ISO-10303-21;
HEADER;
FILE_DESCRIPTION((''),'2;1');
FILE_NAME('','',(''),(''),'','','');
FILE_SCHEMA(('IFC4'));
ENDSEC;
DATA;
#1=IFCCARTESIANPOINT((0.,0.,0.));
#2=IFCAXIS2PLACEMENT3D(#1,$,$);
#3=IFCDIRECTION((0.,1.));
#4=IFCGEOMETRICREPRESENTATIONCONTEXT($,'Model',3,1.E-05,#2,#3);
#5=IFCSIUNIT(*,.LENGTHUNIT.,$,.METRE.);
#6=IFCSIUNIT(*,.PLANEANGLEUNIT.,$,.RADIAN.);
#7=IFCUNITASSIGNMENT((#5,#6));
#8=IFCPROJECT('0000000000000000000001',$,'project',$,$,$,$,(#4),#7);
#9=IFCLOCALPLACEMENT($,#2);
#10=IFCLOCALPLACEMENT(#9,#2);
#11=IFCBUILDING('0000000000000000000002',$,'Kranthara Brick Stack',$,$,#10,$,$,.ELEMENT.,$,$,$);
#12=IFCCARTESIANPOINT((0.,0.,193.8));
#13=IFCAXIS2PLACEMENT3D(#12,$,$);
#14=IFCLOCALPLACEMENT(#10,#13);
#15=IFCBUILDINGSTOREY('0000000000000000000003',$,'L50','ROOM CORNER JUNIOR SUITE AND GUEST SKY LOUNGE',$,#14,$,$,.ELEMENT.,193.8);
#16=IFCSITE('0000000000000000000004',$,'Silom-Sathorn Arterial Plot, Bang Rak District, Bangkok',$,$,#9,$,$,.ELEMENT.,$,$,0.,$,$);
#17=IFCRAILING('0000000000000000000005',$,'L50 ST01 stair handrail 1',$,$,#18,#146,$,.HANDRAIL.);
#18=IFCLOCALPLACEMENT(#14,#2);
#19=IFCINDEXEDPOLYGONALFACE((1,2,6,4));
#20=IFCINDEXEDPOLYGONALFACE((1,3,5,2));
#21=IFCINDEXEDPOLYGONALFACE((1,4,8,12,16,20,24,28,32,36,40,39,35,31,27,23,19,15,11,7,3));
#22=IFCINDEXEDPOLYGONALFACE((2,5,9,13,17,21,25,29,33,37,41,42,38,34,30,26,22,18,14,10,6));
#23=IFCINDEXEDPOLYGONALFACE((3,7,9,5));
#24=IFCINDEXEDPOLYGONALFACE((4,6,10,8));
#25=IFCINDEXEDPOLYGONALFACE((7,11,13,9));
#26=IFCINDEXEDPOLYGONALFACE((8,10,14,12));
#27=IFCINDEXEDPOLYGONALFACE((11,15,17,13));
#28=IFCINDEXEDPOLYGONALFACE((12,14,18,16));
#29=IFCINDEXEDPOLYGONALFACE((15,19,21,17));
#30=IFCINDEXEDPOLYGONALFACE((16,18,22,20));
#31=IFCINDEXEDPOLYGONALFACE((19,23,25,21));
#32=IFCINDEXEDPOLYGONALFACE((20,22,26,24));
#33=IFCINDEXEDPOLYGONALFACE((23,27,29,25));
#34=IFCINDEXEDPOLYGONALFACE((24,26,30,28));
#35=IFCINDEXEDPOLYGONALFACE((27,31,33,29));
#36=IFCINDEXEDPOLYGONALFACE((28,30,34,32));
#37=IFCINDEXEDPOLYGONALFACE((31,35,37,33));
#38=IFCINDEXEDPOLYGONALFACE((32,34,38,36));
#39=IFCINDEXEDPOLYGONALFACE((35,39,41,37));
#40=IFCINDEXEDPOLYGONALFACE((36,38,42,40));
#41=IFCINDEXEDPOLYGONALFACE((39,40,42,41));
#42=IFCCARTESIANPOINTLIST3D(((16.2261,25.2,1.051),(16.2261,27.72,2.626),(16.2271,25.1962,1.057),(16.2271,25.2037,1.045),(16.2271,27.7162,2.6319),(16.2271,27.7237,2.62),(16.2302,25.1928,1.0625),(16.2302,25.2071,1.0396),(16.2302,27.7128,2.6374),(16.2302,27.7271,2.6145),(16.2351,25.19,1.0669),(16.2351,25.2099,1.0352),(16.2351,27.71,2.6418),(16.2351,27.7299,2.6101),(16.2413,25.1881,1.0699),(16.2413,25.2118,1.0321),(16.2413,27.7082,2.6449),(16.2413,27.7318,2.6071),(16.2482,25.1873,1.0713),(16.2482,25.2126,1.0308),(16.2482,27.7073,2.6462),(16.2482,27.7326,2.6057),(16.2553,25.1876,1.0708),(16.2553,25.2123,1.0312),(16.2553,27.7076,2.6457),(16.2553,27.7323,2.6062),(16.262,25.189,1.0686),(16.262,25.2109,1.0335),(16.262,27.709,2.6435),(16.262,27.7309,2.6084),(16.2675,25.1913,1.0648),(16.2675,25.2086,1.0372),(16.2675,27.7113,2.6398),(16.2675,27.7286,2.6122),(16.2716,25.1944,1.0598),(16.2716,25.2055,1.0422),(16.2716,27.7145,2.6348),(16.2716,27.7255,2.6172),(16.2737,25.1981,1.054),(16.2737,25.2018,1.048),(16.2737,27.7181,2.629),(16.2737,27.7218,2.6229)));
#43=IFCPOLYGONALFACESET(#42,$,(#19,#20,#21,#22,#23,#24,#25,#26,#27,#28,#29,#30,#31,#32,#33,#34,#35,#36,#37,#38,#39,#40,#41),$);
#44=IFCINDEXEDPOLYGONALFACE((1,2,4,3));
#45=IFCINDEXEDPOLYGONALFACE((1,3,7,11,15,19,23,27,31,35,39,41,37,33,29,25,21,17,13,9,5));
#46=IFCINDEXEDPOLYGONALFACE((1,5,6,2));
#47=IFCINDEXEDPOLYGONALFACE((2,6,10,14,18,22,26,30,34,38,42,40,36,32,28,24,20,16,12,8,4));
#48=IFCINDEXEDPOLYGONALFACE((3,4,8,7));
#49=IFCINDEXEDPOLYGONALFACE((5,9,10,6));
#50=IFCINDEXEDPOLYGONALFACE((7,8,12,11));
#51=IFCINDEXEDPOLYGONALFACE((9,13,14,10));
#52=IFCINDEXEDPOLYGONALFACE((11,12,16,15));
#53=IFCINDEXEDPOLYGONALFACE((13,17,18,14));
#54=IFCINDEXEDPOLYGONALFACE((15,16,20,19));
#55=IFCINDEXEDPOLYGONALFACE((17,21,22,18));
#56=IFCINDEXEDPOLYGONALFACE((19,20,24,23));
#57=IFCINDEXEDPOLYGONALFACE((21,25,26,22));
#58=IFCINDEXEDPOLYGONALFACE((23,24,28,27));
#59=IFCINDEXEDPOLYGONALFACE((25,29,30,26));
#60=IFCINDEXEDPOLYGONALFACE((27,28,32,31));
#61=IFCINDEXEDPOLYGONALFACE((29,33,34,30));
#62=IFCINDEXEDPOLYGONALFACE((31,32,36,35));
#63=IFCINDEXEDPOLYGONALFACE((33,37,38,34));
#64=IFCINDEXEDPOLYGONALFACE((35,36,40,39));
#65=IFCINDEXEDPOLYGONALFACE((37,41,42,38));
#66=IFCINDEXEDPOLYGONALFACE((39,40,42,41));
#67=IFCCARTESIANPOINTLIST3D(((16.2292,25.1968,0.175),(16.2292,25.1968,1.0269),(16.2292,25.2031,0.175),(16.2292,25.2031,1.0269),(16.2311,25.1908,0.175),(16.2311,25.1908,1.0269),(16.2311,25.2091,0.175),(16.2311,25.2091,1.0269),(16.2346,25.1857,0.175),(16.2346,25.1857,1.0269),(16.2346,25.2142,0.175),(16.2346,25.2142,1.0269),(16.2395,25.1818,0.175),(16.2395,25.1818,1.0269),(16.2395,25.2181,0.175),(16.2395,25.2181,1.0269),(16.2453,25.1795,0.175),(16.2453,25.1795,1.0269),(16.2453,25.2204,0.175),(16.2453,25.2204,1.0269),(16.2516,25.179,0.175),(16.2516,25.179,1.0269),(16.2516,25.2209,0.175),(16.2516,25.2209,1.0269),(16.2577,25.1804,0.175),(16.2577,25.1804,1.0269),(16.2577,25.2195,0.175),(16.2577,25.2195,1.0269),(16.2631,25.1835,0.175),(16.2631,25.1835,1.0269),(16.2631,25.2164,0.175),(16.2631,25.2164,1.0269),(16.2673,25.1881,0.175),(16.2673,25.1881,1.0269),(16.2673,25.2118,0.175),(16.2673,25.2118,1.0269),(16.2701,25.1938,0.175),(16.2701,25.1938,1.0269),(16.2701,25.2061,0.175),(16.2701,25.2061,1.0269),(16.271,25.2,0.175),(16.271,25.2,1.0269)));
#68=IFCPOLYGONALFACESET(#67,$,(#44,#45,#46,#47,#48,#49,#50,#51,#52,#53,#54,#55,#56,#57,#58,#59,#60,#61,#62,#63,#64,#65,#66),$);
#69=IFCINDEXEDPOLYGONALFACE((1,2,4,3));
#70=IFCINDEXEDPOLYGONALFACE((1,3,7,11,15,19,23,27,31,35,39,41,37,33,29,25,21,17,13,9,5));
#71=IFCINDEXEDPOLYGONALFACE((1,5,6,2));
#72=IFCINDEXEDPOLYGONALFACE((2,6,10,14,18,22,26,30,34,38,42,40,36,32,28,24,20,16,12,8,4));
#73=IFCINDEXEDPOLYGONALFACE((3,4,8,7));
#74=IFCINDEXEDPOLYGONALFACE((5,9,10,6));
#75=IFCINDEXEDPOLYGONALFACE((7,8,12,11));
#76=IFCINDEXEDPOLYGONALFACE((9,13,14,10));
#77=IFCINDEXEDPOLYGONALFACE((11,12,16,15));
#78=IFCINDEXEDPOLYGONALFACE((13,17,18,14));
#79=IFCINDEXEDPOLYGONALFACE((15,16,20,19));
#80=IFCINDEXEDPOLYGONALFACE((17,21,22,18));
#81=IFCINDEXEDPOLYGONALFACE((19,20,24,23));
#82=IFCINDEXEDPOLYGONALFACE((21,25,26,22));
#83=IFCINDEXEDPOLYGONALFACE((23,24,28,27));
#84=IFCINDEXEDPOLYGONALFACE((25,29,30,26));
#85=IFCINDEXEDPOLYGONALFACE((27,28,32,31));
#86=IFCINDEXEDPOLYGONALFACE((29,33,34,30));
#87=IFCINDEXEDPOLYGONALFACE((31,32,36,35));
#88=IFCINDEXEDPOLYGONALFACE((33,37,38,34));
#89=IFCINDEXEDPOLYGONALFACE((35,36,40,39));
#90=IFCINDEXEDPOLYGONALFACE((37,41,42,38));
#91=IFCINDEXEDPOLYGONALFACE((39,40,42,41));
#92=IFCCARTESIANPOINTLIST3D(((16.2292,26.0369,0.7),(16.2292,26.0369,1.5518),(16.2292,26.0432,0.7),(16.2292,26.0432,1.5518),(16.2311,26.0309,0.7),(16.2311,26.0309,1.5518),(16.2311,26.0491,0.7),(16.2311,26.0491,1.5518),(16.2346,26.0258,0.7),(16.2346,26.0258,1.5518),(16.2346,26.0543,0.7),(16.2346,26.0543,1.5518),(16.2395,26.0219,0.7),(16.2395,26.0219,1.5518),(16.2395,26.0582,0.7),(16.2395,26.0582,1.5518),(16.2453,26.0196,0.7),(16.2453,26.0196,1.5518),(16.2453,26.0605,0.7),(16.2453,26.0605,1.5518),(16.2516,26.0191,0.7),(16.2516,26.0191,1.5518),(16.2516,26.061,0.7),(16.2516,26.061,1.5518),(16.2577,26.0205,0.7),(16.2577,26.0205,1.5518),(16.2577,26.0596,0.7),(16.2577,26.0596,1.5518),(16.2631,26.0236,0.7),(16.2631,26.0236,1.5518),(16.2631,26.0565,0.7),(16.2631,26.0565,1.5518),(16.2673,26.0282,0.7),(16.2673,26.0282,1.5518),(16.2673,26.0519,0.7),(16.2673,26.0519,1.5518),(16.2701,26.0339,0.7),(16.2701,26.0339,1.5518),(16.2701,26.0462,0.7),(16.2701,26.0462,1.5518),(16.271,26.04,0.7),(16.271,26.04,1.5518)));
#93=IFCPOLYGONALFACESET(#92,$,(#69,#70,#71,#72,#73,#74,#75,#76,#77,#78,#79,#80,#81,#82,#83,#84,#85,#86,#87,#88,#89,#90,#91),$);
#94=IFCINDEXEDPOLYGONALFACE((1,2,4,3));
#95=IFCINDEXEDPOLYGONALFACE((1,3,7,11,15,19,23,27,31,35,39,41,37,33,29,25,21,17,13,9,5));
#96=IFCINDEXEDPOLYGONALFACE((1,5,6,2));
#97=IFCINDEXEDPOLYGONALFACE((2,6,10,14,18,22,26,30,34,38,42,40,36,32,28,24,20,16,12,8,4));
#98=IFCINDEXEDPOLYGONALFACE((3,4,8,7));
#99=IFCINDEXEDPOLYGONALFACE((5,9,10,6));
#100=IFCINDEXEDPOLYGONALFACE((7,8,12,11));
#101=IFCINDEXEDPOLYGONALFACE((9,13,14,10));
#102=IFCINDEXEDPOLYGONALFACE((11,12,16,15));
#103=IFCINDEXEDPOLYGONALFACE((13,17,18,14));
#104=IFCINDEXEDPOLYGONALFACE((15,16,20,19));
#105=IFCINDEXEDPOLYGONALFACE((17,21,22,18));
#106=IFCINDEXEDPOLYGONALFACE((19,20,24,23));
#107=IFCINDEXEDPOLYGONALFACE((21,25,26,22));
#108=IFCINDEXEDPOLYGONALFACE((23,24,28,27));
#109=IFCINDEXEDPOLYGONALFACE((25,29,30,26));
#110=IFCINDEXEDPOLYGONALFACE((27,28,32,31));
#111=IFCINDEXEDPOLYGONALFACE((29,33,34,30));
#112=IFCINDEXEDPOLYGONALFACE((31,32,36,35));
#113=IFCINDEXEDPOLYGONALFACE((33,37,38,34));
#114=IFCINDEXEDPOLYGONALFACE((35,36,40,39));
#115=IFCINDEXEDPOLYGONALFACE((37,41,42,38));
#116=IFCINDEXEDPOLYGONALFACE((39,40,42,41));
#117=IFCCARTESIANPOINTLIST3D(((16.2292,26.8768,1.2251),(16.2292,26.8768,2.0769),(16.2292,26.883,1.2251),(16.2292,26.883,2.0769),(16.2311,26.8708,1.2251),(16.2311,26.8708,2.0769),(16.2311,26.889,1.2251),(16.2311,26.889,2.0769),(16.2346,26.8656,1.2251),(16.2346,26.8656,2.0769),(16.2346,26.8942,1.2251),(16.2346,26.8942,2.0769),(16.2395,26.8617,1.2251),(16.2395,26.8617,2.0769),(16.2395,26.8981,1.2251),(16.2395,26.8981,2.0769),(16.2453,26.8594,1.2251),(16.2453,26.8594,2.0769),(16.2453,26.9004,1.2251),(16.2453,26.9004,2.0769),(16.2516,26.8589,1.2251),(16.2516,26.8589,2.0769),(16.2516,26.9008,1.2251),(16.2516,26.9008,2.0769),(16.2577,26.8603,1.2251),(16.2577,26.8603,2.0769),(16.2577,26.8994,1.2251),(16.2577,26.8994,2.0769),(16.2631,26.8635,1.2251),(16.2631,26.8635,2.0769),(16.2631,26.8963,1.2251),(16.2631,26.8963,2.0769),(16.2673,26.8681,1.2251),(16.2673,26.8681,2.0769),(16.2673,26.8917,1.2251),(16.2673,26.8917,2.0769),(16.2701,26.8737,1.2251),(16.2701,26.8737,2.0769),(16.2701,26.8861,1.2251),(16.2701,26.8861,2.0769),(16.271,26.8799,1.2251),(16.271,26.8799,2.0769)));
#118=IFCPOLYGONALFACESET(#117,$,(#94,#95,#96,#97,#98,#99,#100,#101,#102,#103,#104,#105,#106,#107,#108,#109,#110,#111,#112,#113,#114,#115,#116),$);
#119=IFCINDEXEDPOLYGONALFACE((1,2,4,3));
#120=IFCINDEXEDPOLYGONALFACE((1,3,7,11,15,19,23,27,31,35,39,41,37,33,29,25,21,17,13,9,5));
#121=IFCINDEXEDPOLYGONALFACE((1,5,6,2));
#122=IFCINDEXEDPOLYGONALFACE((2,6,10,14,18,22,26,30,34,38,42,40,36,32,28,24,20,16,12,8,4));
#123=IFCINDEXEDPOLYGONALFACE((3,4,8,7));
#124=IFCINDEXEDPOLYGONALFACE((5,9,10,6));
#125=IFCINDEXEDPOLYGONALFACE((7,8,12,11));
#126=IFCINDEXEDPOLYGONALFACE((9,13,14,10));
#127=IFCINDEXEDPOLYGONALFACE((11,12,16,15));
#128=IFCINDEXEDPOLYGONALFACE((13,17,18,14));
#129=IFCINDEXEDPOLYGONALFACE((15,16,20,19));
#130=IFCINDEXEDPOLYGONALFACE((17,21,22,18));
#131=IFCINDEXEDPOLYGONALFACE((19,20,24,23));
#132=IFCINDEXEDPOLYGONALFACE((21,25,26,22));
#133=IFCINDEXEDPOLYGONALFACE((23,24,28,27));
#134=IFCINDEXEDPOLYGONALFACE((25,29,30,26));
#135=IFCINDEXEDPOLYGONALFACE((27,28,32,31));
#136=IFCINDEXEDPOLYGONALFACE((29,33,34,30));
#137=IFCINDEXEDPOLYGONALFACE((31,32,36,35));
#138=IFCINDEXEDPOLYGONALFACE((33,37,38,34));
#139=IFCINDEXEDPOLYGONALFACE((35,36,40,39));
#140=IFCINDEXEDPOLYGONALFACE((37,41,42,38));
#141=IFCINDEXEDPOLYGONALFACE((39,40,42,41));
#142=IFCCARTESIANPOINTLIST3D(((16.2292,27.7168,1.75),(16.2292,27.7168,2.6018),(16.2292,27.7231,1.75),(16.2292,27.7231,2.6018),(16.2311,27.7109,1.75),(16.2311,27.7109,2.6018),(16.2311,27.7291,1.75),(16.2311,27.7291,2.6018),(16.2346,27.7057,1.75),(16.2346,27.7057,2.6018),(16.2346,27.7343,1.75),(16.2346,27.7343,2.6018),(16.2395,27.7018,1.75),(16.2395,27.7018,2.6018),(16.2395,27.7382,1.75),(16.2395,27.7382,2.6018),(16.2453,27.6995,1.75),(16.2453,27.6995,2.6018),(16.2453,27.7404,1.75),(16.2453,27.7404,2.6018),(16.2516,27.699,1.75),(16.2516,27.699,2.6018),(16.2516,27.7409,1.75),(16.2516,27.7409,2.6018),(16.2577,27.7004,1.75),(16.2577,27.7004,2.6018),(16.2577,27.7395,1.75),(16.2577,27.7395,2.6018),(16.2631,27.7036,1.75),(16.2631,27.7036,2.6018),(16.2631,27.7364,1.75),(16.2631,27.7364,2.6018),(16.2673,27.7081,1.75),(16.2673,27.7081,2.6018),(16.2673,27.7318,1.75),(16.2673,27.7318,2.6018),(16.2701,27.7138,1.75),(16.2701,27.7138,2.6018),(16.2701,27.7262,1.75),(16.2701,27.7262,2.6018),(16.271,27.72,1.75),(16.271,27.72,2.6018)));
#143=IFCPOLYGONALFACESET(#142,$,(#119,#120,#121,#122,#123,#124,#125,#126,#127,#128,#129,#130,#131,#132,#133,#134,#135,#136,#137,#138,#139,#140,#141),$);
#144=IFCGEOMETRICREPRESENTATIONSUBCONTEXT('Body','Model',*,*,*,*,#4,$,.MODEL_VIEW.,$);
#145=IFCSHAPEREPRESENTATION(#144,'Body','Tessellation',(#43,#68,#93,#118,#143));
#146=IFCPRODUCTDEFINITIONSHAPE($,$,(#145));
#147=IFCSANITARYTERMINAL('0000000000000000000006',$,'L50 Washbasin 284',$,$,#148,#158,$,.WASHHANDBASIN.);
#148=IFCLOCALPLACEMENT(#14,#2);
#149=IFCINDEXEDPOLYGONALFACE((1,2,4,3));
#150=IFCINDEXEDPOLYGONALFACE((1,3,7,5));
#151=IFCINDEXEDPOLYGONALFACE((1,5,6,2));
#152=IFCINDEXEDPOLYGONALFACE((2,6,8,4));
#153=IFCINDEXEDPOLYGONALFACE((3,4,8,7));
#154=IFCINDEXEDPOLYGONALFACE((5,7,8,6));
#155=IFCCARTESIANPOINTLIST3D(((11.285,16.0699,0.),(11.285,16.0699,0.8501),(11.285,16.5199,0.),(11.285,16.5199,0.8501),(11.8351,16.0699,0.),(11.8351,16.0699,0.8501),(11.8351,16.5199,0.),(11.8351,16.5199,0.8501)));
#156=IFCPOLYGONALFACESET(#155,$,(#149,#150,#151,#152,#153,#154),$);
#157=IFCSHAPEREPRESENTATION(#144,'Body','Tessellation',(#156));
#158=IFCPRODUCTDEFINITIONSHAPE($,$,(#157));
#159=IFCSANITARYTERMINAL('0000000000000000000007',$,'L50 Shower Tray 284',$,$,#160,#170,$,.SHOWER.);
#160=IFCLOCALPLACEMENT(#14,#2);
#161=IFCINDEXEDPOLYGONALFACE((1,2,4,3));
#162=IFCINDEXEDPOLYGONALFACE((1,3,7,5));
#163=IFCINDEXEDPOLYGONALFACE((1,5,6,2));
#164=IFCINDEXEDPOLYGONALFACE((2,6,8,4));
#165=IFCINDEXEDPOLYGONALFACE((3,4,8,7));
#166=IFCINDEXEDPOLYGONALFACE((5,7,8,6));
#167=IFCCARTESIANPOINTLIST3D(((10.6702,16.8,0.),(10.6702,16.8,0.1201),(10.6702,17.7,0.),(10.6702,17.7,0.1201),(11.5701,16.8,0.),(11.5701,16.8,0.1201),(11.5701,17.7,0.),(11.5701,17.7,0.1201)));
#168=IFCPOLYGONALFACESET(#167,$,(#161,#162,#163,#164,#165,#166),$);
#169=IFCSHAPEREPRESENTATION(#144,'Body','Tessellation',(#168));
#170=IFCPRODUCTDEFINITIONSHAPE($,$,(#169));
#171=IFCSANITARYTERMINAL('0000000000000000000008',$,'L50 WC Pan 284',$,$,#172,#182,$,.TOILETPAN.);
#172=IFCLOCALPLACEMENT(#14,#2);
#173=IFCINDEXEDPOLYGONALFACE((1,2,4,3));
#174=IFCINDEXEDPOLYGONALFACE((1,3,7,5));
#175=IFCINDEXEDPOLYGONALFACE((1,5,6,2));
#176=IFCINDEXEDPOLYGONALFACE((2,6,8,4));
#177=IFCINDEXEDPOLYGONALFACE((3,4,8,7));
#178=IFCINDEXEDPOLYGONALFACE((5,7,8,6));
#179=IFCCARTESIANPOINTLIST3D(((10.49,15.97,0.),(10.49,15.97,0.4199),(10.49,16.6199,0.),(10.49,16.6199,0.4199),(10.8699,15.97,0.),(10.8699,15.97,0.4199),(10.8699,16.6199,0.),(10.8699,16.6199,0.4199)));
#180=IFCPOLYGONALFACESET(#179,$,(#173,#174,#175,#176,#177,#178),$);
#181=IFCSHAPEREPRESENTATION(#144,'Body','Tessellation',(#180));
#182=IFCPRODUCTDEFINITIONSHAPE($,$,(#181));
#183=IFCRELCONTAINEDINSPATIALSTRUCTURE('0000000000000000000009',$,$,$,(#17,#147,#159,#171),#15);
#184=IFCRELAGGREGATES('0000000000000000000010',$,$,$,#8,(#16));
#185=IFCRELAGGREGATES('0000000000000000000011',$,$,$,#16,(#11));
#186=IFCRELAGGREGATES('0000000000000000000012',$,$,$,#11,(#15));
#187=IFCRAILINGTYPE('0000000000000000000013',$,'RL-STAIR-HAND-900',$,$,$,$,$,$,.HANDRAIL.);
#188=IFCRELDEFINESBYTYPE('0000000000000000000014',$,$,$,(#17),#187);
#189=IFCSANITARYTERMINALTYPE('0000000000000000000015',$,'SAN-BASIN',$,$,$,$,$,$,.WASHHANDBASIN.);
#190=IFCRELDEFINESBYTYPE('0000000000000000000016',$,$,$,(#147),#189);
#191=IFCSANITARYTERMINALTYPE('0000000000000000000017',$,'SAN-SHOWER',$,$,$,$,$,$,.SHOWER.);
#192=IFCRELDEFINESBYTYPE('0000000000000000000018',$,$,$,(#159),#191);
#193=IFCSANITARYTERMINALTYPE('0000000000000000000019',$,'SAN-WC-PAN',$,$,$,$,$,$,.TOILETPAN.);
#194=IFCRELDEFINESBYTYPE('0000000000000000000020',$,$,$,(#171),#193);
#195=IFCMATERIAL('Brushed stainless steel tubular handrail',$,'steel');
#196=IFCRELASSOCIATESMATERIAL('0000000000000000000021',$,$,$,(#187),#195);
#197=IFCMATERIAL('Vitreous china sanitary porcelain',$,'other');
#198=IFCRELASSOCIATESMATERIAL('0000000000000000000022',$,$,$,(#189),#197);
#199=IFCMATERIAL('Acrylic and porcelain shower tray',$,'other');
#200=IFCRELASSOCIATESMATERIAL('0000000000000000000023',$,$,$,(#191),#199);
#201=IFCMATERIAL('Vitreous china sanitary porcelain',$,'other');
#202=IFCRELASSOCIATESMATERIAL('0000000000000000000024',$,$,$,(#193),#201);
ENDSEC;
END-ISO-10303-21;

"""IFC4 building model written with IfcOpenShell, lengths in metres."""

from ifc_helpers import new_model, si_unit, direction, frame, origin, origin_2d, place, context, subcontext, project, spatial, rectangle, circle, extrude, material, type_object, element, save


model = new_model("IFC4")

# Units and contexts
model_context = context("Model", 3, precision=1e-05, world=origin(), true_north=direction((0.0, 1.0)))
body_context = subcontext(model_context, "Body", "Model", "MODEL_VIEW")
ifc_project = project(units=[si_unit("LENGTHUNIT", "METRE"), si_unit("PLANEANGLEUNIT", "RADIAN")], contexts=[model_context])

# Site, building, storey
site_placement = place(None, origin())
site = spatial("IfcSite", under=ifc_project, at=site_placement, Name="Silom-Sathorn Arterial Plot, Bang Rak District, Bangkok", CompositionType="ELEMENT", RefElevation=0.0)
building_placement = place(site_placement, origin())
building = spatial("IfcBuilding", under=site, at=building_placement, Name="Kranthara Brick Stack", CompositionType="ELEMENT")
storey_placement = place(building_placement, frame((0.0, 0.0, 193.8)))
storey = spatial("IfcBuildingStorey", under=building, at=storey_placement, Name="L50", Description="ROOM CORNER JUNIOR SUITE AND GUEST SKY LOUNGE", CompositionType="ELEMENT", Elevation=193.8)

# Railing
ifc_material_1 = material(Name="Brushed stainless steel tubular handrail", Category="steel")
railing_type_1 = type_object("IfcRailingType", Name="RL-STAIR-HAND-900", PredefinedType="HANDRAIL", material=ifc_material_1)
railing_1_placement = place(storey_placement, frame((16.25, 25.2, 0.175)))
element("IfcRailing", 1, at=railing_1_placement, inside=storey, type_object=railing_type_1, Name="L50 ST01 stair handrail 1", PredefinedType="HANDRAIL", context=body_context, shape_type="SweptSolid", body=[
    extrude(circle(Radius=0.0239, at=origin_2d()), frame((0.0, 0.0, 0.876), z_axis=(0.0, 0.848008, 0.529984), x_axis=(-1.0, 0.0, 0.0)), (0.0, 0.0, 1.0), 2.9717),
    extrude(circle(Radius=0.021, at=origin_2d()), origin(), (0.0, 0.0, 1.0), 0.8518),
    extrude(circle(Radius=0.021, at=origin_2d()), frame((0.0, 0.8401, 0.5249)), (0.0, 0.0, 1.0), 0.8518),
    extrude(circle(Radius=0.021, at=origin_2d()), frame((0.0, 1.6799, 1.05)), (0.0, 0.0, 1.0), 0.8518),
    extrude(circle(Radius=0.021, at=origin_2d()), frame((0.0, 2.52, 1.575)), (0.0, 0.0, 1.0), 0.8518),
])

# Sanitary terminals
ifc_material_2 = material(Name="Vitreous china sanitary porcelain", Category="other")
sanitary_terminal_type_1 = type_object("IfcSanitaryTerminalType", Name="SAN-BASIN", PredefinedType="WASHHANDBASIN", material=ifc_material_2)
sanitary_terminal_1_placement = place(storey_placement, frame((11.5601, 16.2949, 0.0), z_axis=(0.0, 0.0, 1.0), x_axis=(1.0, 0.0, 0.0)))
element("IfcSanitaryTerminal", 2, at=sanitary_terminal_1_placement, inside=storey, type_object=sanitary_terminal_type_1, Name="L50 Washbasin 284", PredefinedType="WASHHANDBASIN", context=body_context, shape_type="SweptSolid", body=[
    extrude(rectangle(XDim=0.55, YDim=0.45, at=origin_2d()), origin(), (0.0, 0.0, 1.0), 0.8501),
])
ifc_material_3 = material(Name="Acrylic and porcelain shower tray", Category="other")
sanitary_terminal_type_2 = type_object("IfcSanitaryTerminalType", Name="SAN-SHOWER", PredefinedType="SHOWER", material=ifc_material_3)
sanitary_terminal_2_placement = place(storey_placement, frame((11.1201, 17.25, 0.0), z_axis=(0.0, 0.0, 1.0), x_axis=(1.0, 0.0, 0.0)))
element("IfcSanitaryTerminal", 3, at=sanitary_terminal_2_placement, inside=storey, type_object=sanitary_terminal_type_2, Name="L50 Shower Tray 284", PredefinedType="SHOWER", context=body_context, shape_type="SweptSolid", body=[
    extrude(rectangle(XDim=0.8999, YDim=0.8999, at=origin_2d()), origin(), (0.0, 0.0, 1.0), 0.1201),
])
ifc_material_4 = material(Name="Vitreous china sanitary porcelain", Category="other")
sanitary_terminal_type_3 = type_object("IfcSanitaryTerminalType", Name="SAN-WC-PAN", PredefinedType="TOILETPAN", material=ifc_material_4)
sanitary_terminal_3_placement = place(storey_placement, frame((10.6799, 16.2949, 0.0), z_axis=(0.0, 0.0, 1.0), x_axis=(1.0, 0.0, 0.0)))
element("IfcSanitaryTerminal", 4, at=sanitary_terminal_3_placement, inside=storey, type_object=sanitary_terminal_type_3, Name="L50 WC Pan 284", PredefinedType="TOILETPAN", context=body_context, shape_type="SweptSolid", body=[
    extrude(rectangle(XDim=0.3799, YDim=0.6499, at=origin_2d()), origin(), (0.0, 0.0, 1.0), 0.4199),
])

save(model, "model.ifc")
